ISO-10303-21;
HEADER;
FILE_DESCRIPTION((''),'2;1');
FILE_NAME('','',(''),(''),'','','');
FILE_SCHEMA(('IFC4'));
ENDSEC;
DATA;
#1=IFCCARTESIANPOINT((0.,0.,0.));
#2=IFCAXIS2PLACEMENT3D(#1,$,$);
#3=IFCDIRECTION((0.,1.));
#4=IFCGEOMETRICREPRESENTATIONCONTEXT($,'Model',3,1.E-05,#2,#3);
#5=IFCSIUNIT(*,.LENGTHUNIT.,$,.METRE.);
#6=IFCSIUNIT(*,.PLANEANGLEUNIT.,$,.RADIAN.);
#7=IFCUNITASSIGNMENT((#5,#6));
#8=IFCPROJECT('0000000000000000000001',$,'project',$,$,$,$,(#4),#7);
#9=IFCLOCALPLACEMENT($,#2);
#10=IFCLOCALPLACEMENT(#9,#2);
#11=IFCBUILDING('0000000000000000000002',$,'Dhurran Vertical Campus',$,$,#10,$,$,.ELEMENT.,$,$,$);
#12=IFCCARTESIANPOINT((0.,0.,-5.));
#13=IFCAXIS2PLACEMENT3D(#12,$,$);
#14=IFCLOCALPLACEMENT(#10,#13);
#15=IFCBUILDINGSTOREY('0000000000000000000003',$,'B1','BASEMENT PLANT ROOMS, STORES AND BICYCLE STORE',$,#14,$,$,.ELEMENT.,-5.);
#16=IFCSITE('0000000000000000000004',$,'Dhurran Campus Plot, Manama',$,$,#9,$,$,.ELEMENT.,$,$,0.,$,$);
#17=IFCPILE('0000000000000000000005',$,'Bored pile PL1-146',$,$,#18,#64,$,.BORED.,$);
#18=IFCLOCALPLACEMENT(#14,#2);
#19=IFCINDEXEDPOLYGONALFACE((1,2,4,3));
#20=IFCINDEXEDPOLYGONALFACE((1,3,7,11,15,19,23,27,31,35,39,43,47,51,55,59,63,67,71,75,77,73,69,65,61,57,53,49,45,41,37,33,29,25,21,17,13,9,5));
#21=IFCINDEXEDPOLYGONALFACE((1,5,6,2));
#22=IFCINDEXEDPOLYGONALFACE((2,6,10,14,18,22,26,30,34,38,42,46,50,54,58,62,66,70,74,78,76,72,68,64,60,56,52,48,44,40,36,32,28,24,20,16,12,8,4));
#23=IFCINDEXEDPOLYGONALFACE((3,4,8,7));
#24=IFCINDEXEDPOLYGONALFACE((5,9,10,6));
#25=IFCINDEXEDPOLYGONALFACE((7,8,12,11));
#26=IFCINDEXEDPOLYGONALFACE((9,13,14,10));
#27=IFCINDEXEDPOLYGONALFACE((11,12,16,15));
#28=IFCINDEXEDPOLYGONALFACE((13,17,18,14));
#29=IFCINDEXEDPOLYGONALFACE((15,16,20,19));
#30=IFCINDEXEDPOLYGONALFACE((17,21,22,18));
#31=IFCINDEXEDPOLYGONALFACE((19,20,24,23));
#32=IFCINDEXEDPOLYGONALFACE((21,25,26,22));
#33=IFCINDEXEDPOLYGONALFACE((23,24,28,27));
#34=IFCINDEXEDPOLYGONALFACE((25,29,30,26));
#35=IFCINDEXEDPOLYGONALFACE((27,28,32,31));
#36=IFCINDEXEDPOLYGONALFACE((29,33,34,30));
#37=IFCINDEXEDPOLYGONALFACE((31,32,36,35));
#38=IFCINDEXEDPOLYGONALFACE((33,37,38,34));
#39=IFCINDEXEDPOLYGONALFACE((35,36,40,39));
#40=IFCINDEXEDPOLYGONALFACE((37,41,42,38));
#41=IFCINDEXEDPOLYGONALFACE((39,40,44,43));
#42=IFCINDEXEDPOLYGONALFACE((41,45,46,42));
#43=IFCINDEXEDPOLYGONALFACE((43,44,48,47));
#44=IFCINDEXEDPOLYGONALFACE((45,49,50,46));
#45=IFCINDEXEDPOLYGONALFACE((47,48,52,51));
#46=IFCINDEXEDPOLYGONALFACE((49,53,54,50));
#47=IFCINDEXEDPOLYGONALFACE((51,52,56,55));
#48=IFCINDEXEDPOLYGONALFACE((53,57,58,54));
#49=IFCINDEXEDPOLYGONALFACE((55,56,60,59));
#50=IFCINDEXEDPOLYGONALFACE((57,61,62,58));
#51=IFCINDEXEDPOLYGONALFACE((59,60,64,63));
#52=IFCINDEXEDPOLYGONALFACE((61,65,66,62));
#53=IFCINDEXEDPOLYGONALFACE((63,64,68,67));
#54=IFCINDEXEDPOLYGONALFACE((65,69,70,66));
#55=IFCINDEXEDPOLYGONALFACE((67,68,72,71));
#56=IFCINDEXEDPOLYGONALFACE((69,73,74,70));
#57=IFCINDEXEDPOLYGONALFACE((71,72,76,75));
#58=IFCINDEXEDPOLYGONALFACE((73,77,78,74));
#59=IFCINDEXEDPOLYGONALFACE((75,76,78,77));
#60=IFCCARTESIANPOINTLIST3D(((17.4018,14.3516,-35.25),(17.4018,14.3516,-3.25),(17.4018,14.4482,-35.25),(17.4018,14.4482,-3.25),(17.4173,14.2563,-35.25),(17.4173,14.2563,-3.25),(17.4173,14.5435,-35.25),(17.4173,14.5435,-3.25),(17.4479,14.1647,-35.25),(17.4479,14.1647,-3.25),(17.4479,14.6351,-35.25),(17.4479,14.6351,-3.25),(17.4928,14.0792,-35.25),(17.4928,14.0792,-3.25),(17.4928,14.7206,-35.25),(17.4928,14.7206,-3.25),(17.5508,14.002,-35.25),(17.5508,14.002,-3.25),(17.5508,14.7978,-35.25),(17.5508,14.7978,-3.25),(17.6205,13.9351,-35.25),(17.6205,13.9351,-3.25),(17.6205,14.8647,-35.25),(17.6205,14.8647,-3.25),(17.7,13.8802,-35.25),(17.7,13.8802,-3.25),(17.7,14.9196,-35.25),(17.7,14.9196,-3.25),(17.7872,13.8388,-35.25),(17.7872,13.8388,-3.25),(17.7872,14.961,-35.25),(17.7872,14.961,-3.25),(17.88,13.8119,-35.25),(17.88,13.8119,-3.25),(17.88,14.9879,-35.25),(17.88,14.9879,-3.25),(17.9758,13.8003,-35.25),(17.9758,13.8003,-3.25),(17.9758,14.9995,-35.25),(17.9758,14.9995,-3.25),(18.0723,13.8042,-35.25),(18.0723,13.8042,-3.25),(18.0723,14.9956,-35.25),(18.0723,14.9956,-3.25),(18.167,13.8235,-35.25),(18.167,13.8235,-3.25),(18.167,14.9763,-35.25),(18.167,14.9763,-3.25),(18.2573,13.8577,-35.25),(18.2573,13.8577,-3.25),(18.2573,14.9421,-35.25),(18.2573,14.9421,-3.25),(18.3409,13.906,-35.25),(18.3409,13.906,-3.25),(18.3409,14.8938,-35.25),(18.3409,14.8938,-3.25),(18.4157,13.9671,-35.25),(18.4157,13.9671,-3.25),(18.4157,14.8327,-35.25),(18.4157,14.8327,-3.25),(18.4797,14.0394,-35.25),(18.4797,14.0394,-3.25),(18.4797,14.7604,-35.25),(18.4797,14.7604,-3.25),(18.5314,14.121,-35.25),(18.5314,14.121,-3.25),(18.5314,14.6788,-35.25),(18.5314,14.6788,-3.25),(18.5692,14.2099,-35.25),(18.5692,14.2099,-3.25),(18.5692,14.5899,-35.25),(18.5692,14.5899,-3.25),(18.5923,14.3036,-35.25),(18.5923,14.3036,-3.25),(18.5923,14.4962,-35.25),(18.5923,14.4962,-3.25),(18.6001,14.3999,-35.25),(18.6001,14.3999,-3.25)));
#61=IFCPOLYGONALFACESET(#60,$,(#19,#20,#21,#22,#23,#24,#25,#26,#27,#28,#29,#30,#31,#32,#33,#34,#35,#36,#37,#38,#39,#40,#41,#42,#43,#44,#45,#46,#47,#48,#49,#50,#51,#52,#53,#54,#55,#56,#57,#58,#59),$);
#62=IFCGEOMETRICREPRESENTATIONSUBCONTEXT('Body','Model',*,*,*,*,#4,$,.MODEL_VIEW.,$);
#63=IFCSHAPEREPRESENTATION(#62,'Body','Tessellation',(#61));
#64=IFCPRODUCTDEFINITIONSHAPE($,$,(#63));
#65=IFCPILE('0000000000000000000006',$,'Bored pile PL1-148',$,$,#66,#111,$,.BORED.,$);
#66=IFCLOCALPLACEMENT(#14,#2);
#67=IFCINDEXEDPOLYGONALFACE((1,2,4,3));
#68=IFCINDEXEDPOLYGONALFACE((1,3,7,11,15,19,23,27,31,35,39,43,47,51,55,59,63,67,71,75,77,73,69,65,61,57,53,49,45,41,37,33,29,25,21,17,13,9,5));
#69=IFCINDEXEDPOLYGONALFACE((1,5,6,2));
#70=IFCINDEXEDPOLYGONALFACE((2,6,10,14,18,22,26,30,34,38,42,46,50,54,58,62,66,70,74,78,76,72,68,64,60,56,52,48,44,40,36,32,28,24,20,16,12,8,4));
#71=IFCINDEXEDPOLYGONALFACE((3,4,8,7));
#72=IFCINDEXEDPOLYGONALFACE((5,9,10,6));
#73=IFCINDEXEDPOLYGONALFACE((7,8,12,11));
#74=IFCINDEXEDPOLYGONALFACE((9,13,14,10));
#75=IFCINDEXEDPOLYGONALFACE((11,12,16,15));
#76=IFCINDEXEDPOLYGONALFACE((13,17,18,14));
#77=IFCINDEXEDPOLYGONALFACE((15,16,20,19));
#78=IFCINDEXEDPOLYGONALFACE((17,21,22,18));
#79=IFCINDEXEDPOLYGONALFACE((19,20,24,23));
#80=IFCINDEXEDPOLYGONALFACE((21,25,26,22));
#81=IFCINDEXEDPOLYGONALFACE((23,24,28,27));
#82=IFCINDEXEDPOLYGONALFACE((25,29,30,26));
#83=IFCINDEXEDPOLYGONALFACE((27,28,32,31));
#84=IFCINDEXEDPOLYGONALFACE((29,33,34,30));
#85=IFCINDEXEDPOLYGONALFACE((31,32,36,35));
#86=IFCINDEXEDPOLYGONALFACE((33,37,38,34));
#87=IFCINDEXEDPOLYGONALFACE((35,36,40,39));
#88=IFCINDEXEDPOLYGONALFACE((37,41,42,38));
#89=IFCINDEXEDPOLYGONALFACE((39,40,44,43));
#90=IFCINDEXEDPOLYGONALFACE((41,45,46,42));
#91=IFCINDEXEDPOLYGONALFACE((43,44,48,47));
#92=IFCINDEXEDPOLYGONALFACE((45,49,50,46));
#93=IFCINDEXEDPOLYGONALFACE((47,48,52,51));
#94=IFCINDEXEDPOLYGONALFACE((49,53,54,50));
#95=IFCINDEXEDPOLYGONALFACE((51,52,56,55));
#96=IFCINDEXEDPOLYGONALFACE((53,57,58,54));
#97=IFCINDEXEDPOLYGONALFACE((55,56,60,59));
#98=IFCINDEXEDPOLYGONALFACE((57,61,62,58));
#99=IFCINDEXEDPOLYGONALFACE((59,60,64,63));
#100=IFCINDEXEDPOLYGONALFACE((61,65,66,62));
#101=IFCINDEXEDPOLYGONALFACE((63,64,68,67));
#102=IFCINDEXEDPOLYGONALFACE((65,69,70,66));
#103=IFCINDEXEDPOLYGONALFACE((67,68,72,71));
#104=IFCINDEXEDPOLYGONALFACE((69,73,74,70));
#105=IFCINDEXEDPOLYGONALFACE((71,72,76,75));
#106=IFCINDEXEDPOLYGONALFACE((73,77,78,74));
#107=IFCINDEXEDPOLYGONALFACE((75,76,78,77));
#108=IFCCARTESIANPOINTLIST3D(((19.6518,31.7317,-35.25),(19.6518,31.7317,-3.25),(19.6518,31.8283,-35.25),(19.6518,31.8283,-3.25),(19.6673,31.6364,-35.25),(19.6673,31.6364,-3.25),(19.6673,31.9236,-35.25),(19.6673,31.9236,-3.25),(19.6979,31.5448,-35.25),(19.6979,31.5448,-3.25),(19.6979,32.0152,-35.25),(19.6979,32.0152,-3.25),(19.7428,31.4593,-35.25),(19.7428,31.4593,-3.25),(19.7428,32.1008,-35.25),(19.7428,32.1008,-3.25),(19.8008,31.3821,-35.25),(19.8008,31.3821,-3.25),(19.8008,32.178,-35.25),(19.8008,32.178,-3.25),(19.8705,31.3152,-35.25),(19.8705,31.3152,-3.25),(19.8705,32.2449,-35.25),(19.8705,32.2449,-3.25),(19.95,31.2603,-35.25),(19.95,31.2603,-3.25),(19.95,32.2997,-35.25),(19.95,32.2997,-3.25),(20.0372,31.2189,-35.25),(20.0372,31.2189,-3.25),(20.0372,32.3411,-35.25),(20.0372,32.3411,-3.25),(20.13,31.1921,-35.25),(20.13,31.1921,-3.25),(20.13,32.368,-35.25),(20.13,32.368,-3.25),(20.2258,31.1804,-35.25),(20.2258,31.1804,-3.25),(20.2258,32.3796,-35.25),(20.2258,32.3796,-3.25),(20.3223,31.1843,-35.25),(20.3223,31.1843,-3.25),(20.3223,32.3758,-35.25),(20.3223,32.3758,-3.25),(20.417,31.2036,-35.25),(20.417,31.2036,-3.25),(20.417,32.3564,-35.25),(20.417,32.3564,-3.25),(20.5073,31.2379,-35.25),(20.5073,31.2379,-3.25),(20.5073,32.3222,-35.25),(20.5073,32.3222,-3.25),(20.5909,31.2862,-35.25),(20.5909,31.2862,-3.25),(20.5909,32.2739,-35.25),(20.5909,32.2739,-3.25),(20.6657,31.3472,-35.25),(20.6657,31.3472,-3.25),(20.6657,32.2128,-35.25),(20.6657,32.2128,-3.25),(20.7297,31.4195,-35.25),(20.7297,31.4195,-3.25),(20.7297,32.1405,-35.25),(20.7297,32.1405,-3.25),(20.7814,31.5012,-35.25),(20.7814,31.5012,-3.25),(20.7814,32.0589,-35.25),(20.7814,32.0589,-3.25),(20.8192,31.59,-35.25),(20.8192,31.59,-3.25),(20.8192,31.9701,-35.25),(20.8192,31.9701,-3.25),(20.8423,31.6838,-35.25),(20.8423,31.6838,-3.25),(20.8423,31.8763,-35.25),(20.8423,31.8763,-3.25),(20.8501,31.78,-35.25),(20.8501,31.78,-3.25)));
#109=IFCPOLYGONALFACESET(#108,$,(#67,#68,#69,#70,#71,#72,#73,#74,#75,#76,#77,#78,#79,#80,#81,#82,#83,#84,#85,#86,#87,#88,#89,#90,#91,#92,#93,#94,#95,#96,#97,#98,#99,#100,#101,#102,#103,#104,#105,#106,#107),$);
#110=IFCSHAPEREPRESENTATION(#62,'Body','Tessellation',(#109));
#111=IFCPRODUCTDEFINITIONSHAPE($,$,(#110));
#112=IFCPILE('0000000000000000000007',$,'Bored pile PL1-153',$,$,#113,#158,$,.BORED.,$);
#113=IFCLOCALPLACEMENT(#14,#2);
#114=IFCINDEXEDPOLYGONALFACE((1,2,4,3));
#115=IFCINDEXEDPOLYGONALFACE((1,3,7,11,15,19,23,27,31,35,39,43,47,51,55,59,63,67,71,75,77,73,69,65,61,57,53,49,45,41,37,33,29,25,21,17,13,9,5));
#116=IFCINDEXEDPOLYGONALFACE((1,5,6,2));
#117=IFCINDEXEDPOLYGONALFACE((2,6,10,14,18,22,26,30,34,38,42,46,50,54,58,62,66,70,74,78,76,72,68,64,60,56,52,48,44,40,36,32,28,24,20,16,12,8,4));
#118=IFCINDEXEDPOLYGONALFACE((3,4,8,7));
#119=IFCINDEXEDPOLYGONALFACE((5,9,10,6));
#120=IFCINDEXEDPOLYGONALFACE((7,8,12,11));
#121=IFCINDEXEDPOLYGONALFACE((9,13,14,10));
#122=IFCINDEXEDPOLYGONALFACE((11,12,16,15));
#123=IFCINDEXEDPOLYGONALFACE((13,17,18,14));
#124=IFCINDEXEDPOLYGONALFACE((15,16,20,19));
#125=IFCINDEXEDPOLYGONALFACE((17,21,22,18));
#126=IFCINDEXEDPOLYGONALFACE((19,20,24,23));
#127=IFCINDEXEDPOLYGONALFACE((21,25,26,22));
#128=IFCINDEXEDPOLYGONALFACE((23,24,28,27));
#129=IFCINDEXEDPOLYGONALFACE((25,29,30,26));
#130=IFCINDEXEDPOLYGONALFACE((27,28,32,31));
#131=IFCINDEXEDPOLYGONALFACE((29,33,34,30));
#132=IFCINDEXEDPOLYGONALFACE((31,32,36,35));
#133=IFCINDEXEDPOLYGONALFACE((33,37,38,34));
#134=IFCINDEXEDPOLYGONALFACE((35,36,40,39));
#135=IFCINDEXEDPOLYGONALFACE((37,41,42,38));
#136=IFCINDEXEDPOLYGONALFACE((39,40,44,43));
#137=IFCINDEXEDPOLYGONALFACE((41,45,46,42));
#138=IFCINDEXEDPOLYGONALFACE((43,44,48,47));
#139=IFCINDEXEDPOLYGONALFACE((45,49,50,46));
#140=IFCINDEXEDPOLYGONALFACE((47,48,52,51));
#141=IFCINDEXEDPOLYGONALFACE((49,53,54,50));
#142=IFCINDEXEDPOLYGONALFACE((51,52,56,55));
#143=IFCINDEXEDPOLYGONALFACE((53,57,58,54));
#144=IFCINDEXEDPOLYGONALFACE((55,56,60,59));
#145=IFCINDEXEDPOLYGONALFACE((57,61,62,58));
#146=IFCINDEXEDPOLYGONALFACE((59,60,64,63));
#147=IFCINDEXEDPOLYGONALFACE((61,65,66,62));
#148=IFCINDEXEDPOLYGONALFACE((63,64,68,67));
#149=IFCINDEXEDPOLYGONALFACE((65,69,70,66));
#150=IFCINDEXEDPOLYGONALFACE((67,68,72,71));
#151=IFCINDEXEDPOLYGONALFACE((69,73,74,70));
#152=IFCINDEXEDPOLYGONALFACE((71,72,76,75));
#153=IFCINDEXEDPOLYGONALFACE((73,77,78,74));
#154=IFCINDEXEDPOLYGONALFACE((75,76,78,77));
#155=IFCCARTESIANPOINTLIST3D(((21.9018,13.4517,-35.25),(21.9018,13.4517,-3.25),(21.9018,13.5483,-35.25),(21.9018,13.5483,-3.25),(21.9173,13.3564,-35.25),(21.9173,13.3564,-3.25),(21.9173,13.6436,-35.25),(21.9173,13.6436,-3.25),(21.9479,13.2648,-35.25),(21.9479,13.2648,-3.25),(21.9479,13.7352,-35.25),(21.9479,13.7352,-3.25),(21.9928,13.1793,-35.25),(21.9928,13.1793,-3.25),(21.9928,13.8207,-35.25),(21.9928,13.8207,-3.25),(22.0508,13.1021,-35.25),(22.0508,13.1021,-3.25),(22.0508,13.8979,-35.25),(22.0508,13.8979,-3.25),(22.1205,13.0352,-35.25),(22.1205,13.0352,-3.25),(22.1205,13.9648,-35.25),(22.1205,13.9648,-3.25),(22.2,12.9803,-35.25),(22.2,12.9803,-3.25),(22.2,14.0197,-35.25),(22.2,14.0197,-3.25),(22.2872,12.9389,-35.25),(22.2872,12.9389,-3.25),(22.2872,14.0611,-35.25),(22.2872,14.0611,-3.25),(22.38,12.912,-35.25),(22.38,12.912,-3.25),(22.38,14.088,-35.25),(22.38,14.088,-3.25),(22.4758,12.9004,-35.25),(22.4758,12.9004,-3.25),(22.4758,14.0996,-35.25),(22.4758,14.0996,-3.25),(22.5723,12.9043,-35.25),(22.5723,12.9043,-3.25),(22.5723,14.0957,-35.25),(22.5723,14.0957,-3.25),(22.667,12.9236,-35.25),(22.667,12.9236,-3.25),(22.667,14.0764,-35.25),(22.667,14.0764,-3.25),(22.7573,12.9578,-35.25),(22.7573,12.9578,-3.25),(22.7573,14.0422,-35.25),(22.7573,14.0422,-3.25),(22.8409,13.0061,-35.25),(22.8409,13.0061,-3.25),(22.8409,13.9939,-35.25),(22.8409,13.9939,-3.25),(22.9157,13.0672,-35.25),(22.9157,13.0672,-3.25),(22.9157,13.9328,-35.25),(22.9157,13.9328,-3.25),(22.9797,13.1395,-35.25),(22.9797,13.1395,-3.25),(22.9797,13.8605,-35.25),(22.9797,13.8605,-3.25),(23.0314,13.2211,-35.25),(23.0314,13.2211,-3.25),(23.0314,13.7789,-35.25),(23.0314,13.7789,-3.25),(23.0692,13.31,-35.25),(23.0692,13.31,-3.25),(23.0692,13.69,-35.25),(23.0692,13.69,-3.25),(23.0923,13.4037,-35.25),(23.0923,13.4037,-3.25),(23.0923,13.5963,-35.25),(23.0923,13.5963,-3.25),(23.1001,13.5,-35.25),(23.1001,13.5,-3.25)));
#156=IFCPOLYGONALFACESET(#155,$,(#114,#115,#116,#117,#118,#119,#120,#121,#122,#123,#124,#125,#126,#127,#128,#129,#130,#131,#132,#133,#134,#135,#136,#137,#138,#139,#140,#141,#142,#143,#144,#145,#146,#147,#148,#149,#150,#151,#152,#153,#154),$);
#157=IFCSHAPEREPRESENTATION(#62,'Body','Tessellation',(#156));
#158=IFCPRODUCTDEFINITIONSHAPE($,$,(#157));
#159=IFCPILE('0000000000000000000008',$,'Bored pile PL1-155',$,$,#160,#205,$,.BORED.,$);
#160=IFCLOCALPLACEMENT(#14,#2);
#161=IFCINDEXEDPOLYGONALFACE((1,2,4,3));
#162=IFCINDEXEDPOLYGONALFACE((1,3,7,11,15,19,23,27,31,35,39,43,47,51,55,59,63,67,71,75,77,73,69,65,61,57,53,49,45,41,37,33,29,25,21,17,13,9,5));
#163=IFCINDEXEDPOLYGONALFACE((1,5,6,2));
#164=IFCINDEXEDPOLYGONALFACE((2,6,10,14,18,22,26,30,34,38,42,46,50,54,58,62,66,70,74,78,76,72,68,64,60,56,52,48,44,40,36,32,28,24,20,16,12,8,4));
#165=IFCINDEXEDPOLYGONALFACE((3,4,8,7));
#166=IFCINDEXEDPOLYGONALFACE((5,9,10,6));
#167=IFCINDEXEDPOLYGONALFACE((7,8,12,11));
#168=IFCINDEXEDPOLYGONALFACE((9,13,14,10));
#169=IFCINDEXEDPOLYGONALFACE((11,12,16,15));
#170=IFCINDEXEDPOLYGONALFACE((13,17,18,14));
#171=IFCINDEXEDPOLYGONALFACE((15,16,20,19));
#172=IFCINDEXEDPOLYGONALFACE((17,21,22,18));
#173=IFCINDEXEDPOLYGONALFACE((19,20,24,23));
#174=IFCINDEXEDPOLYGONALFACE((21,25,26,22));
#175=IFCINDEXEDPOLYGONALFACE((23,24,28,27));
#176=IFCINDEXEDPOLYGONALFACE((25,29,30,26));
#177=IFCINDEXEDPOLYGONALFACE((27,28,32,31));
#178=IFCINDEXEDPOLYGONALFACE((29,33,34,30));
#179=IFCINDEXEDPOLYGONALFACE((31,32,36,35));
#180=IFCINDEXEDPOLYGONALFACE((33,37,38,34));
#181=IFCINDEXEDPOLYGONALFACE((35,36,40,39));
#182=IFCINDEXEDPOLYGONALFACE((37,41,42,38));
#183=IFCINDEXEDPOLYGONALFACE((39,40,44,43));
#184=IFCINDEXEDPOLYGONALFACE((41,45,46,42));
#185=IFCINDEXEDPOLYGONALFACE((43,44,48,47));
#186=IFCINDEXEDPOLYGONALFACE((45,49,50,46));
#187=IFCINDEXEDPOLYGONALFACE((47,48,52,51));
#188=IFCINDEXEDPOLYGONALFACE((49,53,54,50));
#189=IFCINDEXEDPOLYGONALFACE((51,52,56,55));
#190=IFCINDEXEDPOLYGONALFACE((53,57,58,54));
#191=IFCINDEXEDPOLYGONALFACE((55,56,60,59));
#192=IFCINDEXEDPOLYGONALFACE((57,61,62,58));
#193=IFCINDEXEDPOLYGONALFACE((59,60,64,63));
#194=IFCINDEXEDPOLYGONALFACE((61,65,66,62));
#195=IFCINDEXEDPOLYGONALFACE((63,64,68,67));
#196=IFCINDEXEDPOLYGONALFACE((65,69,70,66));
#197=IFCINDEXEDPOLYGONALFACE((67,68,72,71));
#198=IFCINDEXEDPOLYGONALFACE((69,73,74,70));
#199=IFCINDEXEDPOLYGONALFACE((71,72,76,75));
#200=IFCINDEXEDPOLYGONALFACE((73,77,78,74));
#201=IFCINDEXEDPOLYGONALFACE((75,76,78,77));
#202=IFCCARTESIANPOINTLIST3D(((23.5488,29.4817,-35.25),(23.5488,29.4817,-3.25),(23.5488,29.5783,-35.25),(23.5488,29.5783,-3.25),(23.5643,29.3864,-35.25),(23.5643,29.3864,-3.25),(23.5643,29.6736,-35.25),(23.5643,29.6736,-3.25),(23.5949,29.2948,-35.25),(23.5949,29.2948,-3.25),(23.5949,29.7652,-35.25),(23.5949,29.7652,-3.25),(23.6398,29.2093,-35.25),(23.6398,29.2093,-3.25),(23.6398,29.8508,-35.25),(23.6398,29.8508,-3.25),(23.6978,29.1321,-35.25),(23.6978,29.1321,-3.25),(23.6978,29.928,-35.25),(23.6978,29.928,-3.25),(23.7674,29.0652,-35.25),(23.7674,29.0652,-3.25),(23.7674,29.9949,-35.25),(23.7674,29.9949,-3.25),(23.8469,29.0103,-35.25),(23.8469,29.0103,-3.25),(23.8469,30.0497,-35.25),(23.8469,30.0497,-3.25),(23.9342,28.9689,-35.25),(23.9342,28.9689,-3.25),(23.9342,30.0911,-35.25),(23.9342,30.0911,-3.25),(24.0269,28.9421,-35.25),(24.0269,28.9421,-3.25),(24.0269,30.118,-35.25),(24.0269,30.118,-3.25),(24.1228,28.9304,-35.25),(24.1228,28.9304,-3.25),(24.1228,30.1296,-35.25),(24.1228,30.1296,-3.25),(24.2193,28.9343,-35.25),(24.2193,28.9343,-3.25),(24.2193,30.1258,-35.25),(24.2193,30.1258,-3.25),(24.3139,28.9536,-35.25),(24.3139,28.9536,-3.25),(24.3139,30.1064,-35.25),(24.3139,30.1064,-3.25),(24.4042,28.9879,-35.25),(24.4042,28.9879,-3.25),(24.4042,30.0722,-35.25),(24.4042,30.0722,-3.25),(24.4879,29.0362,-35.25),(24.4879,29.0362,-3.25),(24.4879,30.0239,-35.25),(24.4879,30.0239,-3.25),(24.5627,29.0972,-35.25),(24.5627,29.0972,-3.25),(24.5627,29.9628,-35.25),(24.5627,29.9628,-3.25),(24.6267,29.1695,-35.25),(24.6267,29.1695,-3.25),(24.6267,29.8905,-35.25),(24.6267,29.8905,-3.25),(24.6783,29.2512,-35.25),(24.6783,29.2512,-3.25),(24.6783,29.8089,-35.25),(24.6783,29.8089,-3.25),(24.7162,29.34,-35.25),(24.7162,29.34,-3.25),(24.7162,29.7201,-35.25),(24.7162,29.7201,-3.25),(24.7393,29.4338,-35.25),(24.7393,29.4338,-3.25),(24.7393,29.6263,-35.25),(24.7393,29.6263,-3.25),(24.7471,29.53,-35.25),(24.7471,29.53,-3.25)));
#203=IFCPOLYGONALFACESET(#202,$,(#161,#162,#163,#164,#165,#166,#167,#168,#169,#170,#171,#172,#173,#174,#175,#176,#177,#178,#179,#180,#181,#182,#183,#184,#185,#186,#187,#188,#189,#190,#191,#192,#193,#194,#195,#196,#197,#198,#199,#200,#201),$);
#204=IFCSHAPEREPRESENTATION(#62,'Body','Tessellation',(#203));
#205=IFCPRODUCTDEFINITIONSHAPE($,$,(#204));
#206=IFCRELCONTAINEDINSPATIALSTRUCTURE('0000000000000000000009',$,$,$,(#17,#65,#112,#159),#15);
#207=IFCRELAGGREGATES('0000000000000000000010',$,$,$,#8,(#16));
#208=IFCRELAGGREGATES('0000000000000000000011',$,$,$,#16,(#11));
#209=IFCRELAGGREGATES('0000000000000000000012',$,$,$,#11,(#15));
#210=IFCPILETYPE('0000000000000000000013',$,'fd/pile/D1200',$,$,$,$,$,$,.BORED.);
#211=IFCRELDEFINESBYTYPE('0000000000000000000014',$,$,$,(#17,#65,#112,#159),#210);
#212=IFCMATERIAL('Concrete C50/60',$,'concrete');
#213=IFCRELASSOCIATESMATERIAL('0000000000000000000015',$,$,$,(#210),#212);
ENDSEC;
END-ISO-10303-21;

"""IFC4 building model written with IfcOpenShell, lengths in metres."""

from ifc_helpers import new_model, si_unit, direction, frame, origin, origin_2d, place, context, subcontext, project, spatial, circle, extrude, material, material_profile, profile_set, type_object, element, save


model = new_model("IFC4")

# Units and contexts
model_context = context("Model", 3, precision=1e-05, world=origin(), true_north=direction((0.0, 1.0)))
body_context = subcontext(model_context, "Body", "Model", "MODEL_VIEW")
ifc_project = project(units=[si_unit("LENGTHUNIT", "METRE"), si_unit("PLANEANGLEUNIT", "RADIAN")], contexts=[model_context])

# Site, building, storey
site_placement = place(None, origin())
site = spatial("IfcSite", under=ifc_project, at=site_placement, Name="Dhurran Campus Plot, Manama", CompositionType="ELEMENT", RefElevation=0.0)
building_placement = place(site_placement, origin())
building = spatial("IfcBuilding", under=site, at=building_placement, Name="Dhurran Vertical Campus", CompositionType="ELEMENT")
storey_placement = place(building_placement, frame((0.0, 0.0, -5.0)))
storey = spatial("IfcBuildingStorey", under=building, at=storey_placement, Name="B1", Description="BASEMENT PLANT ROOMS, STORES AND BICYCLE STORE", CompositionType="ELEMENT", Elevation=-5.0)

# Piles
ifc_material_1 = material(Name="Concrete C50/60", Category="concrete")
ifc_material_profile_1 = material_profile(ifc_material_1, circle(Radius=0.6001, at=origin_2d()), Name="fd/pile/D1200")
ifc_profile_set_1 = profile_set([ifc_material_profile_1], Name="Concrete C50/60")
pile_type = type_object("IfcPileType", Name="fd/pile/D1200", PredefinedType="BORED", material=ifc_profile_set_1)
for number, where, z_axis, x_axis, name in (
    (1, (18.0, 14.3999, -3.25), (0.0, 0.0, -1.0), (1.0, 0.0, 0.0), "Bored pile PL1-146"),
    (2, (20.25, 31.78, -3.25), (0.0, 0.0, -1.0), (1.0, 0.0, 0.0), "Bored pile PL1-148"),
    (3, (22.5, 13.5, -3.25), (0.0, 0.0, -1.0), (1.0, 0.0, 0.0), "Bored pile PL1-153"),
    (4, (24.147, 29.53, -3.25), (0.0, 0.0, -1.0), (1.0, 0.0, 0.0), "Bored pile PL1-155"),
):
    element("IfcPile", number, at=place(storey_placement, frame(where, z_axis=z_axis, x_axis=x_axis)), inside=storey, type_object=pile_type, Name=name, PredefinedType="BORED", context=body_context, shape_type="SweptSolid", body=[
        extrude(circle(Radius=0.6001, at=origin_2d()), origin(), (0.0, 0.0, 1.0), 32.0),
    ])

save(model, "model.ifc")
